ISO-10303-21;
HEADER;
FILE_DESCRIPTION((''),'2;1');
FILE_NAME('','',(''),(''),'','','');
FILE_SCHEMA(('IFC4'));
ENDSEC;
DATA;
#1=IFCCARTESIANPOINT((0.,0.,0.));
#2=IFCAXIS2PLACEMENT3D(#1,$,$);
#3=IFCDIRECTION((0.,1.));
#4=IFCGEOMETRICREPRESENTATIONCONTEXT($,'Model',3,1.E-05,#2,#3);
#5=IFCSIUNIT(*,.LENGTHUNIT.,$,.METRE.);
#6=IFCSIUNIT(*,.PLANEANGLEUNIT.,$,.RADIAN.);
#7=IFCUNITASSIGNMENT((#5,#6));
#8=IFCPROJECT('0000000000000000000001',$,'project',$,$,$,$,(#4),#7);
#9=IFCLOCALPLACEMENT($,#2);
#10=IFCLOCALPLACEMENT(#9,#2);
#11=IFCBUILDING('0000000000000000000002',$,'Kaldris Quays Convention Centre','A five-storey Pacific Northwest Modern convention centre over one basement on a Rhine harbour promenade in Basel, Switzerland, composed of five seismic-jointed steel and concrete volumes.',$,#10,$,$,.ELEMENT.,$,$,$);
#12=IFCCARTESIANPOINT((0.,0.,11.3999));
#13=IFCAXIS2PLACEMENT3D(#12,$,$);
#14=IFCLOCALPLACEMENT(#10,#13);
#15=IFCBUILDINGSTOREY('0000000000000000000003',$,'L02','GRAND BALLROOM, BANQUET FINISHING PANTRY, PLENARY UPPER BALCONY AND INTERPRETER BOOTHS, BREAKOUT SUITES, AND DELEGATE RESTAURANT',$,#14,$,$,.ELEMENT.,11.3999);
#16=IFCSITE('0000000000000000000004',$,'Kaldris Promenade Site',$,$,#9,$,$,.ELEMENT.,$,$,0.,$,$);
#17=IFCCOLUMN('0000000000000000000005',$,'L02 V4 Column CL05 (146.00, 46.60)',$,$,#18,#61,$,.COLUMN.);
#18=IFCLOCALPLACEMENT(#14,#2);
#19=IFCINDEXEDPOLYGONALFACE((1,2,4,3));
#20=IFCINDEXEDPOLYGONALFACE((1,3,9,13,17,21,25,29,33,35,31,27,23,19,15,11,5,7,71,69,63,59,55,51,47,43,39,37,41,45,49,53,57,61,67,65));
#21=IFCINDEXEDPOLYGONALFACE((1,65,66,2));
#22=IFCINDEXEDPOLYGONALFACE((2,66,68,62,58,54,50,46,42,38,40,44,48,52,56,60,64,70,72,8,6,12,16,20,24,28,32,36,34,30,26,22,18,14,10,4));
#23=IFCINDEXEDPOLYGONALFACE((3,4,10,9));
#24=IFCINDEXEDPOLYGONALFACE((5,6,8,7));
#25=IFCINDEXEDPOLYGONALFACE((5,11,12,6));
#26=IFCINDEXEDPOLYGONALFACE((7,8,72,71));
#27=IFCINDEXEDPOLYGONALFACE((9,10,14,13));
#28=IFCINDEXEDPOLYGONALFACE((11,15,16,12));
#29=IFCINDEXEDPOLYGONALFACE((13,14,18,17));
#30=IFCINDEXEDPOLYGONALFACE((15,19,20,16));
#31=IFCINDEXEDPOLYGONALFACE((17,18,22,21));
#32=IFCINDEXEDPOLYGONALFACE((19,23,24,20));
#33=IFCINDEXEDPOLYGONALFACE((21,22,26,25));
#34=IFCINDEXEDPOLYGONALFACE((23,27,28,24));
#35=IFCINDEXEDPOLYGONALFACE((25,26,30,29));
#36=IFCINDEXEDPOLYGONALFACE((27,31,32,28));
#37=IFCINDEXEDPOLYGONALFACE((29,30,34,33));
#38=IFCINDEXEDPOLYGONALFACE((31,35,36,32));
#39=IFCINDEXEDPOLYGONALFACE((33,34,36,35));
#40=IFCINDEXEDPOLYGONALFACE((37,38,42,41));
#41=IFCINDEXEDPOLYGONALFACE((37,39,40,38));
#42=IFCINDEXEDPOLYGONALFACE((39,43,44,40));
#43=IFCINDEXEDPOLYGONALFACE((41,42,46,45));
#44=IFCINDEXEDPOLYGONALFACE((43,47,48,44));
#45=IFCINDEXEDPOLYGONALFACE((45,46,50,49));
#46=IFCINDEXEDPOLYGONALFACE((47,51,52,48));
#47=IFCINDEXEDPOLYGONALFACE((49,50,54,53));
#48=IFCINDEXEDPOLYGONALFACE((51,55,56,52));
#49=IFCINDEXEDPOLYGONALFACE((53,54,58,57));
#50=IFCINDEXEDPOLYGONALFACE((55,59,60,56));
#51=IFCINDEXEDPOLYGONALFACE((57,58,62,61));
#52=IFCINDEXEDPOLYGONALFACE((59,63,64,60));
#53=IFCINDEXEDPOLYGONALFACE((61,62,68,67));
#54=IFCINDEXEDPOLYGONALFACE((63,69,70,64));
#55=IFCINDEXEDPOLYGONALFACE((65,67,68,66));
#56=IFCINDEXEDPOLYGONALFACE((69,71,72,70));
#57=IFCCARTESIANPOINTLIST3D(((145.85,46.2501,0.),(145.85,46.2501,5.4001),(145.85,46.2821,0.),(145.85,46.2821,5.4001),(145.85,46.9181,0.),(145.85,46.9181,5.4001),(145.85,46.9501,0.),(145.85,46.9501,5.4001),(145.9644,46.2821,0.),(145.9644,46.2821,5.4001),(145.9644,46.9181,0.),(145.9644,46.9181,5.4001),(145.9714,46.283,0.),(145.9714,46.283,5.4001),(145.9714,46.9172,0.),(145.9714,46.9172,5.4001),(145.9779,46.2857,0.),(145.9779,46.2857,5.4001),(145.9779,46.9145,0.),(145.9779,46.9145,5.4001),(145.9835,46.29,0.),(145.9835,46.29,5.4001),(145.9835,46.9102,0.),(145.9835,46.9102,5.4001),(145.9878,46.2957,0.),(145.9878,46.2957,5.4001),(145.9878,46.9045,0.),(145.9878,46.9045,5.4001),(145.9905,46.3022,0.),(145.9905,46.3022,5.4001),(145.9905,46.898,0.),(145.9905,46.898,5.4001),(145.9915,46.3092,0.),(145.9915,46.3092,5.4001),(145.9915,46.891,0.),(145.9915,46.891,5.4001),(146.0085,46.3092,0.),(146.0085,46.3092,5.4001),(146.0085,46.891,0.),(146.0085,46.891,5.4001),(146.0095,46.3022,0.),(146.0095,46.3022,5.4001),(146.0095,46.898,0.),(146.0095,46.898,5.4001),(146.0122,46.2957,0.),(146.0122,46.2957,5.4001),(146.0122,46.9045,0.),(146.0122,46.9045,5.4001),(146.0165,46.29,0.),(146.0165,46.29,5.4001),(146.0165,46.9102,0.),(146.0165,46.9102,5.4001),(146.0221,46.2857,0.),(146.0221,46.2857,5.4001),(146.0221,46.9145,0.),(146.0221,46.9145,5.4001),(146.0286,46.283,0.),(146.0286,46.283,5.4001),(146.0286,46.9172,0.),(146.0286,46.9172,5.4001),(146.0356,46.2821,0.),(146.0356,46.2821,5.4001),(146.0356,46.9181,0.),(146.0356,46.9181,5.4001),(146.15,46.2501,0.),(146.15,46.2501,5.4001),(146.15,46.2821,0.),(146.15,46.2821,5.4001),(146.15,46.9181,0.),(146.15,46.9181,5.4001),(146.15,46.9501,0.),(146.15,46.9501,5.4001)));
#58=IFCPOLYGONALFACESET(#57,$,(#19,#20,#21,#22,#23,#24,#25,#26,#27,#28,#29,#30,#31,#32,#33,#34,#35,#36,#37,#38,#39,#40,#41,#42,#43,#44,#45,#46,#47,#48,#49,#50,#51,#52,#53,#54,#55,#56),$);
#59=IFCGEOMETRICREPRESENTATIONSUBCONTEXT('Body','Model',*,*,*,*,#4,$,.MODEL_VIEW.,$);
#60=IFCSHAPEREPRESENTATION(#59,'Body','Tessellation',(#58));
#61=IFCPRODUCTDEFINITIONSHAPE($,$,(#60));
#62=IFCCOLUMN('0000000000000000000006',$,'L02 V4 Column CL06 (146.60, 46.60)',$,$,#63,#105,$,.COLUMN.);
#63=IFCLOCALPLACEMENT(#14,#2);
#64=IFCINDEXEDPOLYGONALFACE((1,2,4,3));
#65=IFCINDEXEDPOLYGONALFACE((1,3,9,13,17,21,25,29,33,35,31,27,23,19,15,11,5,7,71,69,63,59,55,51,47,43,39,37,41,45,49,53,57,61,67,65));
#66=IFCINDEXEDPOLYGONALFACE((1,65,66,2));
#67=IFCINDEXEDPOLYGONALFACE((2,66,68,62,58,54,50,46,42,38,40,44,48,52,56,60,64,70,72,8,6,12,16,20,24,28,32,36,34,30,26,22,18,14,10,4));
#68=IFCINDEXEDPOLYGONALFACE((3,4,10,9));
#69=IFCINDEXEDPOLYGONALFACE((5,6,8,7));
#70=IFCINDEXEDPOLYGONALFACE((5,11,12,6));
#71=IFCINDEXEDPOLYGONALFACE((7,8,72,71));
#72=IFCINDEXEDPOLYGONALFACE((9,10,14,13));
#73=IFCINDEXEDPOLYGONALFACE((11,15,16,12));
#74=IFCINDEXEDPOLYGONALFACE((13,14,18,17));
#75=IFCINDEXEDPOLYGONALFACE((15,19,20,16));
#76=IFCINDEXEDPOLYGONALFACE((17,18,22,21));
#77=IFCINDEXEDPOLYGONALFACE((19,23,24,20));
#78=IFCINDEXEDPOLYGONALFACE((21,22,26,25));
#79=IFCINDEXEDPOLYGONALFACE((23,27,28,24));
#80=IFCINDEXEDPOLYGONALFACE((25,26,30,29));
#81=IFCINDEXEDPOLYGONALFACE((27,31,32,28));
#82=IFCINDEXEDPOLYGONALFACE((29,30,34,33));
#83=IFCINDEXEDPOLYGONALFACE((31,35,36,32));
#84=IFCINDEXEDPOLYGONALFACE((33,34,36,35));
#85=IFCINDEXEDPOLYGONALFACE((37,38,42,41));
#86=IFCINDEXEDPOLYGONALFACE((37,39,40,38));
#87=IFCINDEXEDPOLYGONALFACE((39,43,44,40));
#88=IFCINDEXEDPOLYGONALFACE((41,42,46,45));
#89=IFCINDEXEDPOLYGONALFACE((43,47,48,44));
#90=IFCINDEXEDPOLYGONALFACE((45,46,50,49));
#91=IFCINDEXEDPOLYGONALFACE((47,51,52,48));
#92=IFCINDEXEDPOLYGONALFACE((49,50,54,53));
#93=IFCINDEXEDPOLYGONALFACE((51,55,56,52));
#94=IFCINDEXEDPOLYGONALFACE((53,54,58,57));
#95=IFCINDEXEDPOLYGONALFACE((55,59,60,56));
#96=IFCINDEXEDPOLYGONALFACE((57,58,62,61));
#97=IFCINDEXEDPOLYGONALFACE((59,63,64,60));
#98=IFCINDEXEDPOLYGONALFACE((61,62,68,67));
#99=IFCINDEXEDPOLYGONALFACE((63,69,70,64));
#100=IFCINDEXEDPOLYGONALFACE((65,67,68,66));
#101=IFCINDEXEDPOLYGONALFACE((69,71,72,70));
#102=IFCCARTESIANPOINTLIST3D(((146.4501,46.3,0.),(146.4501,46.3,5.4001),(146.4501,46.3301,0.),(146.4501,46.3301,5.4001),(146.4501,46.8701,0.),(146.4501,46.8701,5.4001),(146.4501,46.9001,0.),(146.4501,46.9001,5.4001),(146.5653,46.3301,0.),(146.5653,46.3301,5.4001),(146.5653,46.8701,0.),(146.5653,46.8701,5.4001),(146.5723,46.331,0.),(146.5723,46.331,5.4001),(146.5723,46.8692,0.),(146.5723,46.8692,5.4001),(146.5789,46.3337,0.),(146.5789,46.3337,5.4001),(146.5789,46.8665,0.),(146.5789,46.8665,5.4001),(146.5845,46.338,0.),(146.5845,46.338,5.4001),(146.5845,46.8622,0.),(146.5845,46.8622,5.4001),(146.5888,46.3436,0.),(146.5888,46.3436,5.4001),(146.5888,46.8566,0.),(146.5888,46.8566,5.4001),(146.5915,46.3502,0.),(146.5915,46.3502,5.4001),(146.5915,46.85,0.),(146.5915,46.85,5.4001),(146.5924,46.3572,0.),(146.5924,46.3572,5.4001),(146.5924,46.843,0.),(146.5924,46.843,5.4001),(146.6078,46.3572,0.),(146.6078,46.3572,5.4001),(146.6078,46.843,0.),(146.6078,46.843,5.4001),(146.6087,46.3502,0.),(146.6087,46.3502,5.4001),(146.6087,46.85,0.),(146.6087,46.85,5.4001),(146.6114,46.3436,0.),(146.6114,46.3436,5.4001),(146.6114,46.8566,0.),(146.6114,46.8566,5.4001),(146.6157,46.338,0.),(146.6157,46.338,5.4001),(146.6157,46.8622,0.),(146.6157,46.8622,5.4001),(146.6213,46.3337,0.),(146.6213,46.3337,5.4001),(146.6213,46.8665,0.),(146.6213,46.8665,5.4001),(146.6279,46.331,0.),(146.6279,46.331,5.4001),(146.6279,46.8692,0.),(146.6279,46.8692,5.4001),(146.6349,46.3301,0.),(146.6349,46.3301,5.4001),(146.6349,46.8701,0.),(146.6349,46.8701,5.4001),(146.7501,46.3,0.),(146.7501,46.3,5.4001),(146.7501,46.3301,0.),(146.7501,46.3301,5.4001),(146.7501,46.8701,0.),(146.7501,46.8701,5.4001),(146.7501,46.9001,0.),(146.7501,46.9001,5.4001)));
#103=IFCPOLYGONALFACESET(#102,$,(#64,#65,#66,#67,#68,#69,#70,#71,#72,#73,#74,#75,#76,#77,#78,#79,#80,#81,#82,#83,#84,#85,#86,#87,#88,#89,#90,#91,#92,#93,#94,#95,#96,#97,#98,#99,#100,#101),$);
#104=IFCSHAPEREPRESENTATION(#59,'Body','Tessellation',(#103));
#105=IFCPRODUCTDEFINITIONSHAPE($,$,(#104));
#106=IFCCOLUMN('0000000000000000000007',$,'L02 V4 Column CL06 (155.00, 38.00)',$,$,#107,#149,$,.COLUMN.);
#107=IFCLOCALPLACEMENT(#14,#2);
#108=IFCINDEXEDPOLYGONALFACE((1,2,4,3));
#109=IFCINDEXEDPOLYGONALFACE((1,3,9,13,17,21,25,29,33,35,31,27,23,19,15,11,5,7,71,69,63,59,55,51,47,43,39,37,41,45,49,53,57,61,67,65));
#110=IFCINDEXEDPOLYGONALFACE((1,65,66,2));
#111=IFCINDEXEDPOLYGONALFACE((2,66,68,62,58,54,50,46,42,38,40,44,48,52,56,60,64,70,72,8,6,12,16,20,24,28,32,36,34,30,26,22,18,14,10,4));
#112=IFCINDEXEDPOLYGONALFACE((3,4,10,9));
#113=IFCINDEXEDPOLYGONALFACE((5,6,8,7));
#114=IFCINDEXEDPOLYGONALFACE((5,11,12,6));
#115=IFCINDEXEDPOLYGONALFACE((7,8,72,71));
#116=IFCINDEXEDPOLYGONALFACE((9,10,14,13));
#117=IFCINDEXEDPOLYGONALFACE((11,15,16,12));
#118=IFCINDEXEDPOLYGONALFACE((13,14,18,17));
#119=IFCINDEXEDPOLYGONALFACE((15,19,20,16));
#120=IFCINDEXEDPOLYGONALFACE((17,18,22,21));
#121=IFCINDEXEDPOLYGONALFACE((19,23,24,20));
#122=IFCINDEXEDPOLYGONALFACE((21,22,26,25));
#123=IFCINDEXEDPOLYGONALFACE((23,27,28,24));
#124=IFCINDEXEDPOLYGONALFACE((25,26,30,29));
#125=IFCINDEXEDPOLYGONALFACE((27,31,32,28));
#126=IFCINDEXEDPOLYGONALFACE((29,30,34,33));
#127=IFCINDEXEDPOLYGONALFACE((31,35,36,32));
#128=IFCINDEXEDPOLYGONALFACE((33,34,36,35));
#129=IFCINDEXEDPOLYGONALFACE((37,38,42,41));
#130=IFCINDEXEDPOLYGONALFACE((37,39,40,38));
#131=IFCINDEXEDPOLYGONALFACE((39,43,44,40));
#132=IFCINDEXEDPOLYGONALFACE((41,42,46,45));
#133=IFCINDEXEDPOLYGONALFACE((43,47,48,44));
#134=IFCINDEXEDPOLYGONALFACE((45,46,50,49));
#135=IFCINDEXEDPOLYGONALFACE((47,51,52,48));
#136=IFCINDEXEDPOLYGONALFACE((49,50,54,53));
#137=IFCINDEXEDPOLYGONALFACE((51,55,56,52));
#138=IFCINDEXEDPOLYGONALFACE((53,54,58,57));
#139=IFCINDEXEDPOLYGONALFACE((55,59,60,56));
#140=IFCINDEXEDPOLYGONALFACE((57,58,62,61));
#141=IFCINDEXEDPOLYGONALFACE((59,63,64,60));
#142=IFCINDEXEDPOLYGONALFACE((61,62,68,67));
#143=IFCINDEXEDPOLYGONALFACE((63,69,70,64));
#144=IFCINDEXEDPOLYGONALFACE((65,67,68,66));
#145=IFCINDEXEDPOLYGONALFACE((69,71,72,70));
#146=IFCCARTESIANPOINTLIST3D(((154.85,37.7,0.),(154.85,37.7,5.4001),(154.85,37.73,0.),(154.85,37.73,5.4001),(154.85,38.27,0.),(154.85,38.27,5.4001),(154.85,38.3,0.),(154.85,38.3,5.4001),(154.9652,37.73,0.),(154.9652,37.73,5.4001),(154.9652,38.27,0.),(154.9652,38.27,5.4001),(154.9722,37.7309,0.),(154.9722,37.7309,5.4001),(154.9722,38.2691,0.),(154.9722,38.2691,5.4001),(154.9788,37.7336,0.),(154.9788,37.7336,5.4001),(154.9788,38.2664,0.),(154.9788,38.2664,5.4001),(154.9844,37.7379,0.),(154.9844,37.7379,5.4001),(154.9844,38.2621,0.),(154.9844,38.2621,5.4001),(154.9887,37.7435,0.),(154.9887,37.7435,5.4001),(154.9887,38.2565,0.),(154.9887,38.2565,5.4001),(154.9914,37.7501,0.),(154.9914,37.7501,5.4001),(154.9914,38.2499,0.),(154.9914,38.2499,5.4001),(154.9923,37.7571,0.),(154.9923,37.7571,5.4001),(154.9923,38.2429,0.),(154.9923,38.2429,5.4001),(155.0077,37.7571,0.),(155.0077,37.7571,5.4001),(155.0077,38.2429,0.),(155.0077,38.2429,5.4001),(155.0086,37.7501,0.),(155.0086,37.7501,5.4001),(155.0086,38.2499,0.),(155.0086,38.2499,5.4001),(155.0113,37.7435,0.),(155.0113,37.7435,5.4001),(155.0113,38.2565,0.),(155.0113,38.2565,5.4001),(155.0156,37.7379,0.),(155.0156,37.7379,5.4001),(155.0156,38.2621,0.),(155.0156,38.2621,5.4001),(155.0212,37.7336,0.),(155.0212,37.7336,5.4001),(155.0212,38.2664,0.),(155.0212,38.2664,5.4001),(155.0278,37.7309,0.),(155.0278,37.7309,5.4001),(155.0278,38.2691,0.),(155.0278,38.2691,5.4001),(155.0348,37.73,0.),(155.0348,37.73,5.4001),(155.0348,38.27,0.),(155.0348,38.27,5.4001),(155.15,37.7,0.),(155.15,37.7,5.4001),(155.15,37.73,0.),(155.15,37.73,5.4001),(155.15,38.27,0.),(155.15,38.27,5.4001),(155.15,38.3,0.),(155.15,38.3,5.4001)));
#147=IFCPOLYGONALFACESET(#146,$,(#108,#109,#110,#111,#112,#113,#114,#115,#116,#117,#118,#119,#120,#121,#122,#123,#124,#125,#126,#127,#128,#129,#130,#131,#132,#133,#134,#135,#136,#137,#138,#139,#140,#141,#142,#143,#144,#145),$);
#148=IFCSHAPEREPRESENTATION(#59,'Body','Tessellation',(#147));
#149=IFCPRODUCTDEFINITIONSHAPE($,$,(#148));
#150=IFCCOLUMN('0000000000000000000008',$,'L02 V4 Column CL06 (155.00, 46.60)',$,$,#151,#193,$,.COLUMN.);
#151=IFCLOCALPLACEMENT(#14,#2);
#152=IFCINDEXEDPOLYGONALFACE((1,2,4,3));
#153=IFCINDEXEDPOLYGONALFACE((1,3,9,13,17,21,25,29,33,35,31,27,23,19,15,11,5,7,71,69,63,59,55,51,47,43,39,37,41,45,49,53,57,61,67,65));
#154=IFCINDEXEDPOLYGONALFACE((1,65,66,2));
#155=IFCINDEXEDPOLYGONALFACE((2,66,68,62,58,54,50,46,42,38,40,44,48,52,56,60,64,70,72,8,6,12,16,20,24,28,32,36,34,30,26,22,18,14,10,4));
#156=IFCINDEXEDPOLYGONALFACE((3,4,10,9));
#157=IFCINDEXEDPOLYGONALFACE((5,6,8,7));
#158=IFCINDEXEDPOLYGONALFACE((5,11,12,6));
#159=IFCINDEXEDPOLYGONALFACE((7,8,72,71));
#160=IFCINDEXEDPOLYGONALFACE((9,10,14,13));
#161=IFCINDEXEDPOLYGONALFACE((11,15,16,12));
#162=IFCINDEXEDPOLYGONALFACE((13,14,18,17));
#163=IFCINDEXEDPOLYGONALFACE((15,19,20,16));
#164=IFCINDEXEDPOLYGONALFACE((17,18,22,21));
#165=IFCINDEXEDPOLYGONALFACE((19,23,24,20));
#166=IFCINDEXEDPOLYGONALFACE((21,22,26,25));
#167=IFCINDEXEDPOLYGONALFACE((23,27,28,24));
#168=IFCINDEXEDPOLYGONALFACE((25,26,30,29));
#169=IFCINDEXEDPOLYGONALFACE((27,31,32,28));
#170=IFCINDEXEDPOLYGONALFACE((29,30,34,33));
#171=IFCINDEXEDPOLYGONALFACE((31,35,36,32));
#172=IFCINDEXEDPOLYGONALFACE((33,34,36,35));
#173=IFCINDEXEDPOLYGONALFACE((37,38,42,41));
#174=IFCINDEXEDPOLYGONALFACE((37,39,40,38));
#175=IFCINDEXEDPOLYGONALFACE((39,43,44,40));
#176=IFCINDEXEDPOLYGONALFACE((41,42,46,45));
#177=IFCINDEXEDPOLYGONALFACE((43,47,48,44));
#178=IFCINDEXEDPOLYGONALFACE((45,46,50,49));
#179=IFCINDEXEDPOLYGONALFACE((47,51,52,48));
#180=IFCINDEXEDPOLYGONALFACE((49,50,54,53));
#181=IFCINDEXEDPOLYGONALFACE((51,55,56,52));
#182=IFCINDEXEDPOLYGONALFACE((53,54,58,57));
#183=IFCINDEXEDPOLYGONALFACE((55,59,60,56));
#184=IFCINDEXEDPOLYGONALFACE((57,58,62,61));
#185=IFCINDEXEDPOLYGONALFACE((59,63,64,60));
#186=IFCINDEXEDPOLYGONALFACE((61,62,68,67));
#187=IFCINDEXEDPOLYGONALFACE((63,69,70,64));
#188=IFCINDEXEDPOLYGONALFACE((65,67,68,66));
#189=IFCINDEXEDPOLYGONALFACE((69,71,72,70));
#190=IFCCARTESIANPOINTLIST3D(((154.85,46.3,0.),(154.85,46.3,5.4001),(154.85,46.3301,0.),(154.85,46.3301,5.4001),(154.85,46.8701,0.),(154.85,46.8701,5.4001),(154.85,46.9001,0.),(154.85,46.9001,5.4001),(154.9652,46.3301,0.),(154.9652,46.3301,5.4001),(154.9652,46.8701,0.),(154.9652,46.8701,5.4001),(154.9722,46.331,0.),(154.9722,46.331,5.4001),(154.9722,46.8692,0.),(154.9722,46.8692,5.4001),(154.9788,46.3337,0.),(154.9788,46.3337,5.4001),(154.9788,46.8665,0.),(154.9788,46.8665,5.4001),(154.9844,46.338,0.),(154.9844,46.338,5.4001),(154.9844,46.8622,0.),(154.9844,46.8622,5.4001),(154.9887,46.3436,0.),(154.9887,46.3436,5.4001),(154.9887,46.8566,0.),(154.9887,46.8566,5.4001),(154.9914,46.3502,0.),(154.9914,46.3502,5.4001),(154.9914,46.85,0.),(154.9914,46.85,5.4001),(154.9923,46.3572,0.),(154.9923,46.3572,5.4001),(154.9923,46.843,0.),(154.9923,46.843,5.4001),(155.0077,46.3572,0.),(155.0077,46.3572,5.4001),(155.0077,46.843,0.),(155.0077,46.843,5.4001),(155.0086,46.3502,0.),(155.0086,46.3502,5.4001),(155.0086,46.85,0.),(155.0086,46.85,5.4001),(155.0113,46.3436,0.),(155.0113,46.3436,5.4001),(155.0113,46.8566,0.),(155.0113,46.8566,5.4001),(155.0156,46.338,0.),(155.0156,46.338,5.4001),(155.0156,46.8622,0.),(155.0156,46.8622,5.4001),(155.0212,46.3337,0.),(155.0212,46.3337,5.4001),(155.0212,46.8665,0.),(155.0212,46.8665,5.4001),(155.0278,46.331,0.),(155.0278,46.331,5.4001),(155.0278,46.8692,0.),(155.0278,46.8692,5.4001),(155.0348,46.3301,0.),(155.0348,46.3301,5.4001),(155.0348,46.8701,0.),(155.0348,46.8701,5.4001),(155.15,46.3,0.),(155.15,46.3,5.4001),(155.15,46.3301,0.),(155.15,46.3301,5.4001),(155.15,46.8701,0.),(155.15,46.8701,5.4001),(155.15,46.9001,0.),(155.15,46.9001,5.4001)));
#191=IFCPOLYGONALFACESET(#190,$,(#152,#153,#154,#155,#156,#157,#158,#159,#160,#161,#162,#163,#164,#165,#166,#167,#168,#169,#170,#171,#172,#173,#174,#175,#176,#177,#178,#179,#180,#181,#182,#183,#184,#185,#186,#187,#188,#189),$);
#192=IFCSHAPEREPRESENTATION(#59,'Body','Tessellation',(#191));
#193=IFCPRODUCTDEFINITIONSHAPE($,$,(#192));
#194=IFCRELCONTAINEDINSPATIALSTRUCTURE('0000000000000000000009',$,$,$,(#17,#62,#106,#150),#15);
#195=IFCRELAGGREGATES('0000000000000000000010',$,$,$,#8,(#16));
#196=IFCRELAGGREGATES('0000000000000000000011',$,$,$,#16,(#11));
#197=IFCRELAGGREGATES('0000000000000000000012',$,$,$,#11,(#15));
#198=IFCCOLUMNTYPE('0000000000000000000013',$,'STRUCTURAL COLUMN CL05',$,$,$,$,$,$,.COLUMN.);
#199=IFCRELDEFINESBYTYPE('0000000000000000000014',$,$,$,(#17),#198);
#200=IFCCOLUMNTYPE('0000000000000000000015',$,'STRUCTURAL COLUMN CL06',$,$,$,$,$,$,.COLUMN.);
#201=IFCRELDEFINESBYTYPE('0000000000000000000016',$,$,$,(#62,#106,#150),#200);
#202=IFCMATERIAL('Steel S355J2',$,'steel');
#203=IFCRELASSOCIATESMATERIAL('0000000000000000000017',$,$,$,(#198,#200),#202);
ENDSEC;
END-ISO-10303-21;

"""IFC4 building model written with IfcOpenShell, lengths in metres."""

from ifc_helpers import new_model, si_unit, direction, frame, origin, origin_2d, place, context, subcontext, project, spatial, i_section, extrude, material, material_profile, profile_set, type_object, element, save


model = new_model("IFC4")

# Units and contexts
model_context = context("Model", 3, precision=1e-05, world=origin(), true_north=direction((0.0, 1.0)))
body_context = subcontext(model_context, "Body", "Model", "MODEL_VIEW")
ifc_project = project(units=[si_unit("LENGTHUNIT", "METRE"), si_unit("PLANEANGLEUNIT", "RADIAN")], contexts=[model_context])

# Site, building, storey
site_placement = place(None, origin())
site = spatial("IfcSite", under=ifc_project, at=site_placement, Name="Kaldris Promenade Site", CompositionType="ELEMENT", RefElevation=0.0)
building_placement = place(site_placement, origin())
building = spatial("IfcBuilding", under=site, at=building_placement, Name="Kaldris Quays Convention Centre", Description="A five-storey Pacific Northwest Modern convention centre over one basement on a Rhine harbour promenade in Basel, Switzerland, composed of five seismic-jointed steel and concrete volumes.", CompositionType="ELEMENT")
storey_placement = place(building_placement, frame((0.0, 0.0, 11.3999)))
storey = spatial("IfcBuildingStorey", under=building, at=storey_placement, Name="L02", Description="GRAND BALLROOM, BANQUET FINISHING PANTRY, PLENARY UPPER BALCONY AND INTERPRETER BOOTHS, BREAKOUT SUITES, AND DELEGATE RESTAURANT", CompositionType="ELEMENT", Elevation=11.3999)

# Columns
ifc_material_1 = material(Name="Steel S355J2", Category="steel")
ifc_material_profile_1 = material_profile(ifc_material_1, i_section(OverallWidth=0.3, OverallDepth=0.7, WebThickness=0.0171, FlangeThickness=0.032, FilletRadius=0.0271, at=origin_2d()), Name="HEB 700")
ifc_profile_set_1 = profile_set([ifc_material_profile_1], Name="Steel S355J2")
column_type_1 = type_object("IfcColumnType", Name="STRUCTURAL COLUMN CL05", PredefinedType="COLUMN", material=ifc_profile_set_1)
column_placement = place(storey_placement, frame((146.0, 46.6001, 0.0), z_axis=(0.0, 0.0, 1.0), x_axis=(1.0, 0.0, 0.0)))
element("IfcColumn", 1, at=column_placement, inside=storey, type_object=column_type_1, Name="L02 V4 Column CL05 (146.00, 46.60)", PredefinedType="COLUMN", context=body_context, shape_type="SweptSolid", body=[
    extrude(i_section(OverallWidth=0.3, OverallDepth=0.7, WebThickness=0.0171, FlangeThickness=0.032, FilletRadius=0.0271, at=origin_2d()), origin(), (0.0, 0.0, 1.0), 5.4001),
])
ifc_material_profile_2 = material_profile(ifc_material_1, i_section(OverallWidth=0.3, OverallDepth=0.6001, WebThickness=0.0154, FlangeThickness=0.03, FilletRadius=0.0271, at=origin_2d()), Name="HEB 600")
ifc_profile_set_2 = profile_set([ifc_material_profile_2], Name="Steel S355J2")
column_type_2 = type_object("IfcColumnType", Name="STRUCTURAL COLUMN CL06", PredefinedType="COLUMN", material=ifc_profile_set_2)
for number, where, z_axis, x_axis, name in (
    (2, (146.6001, 46.6001, 0.0), (0.0, 0.0, 1.0), (1.0, 0.0, 0.0), "L02 V4 Column CL06 (146.60, 46.60)"),
    (3, (155.0, 38.0, 0.0), (0.0, 0.0, 1.0), (1.0, 0.0, 0.0), "L02 V4 Column CL06 (155.00, 38.00)"),
    (4, (155.0, 46.6001, 0.0), (0.0, 0.0, 1.0), (1.0, 0.0, 0.0), "L02 V4 Column CL06 (155.00, 46.60)"),
):
    element("IfcColumn", number, at=place(storey_placement, frame(where, z_axis=z_axis, x_axis=x_axis)), inside=storey, type_object=column_type_2, Name=name, PredefinedType="COLUMN", context=body_context, shape_type="SweptSolid", body=[
        extrude(i_section(OverallWidth=0.3, OverallDepth=0.6001, WebThickness=0.0154, FlangeThickness=0.03, FilletRadius=0.0271, at=origin_2d()), origin(), (0.0, 0.0, 1.0), 5.4001),
    ])

save(model, "model.ifc")
